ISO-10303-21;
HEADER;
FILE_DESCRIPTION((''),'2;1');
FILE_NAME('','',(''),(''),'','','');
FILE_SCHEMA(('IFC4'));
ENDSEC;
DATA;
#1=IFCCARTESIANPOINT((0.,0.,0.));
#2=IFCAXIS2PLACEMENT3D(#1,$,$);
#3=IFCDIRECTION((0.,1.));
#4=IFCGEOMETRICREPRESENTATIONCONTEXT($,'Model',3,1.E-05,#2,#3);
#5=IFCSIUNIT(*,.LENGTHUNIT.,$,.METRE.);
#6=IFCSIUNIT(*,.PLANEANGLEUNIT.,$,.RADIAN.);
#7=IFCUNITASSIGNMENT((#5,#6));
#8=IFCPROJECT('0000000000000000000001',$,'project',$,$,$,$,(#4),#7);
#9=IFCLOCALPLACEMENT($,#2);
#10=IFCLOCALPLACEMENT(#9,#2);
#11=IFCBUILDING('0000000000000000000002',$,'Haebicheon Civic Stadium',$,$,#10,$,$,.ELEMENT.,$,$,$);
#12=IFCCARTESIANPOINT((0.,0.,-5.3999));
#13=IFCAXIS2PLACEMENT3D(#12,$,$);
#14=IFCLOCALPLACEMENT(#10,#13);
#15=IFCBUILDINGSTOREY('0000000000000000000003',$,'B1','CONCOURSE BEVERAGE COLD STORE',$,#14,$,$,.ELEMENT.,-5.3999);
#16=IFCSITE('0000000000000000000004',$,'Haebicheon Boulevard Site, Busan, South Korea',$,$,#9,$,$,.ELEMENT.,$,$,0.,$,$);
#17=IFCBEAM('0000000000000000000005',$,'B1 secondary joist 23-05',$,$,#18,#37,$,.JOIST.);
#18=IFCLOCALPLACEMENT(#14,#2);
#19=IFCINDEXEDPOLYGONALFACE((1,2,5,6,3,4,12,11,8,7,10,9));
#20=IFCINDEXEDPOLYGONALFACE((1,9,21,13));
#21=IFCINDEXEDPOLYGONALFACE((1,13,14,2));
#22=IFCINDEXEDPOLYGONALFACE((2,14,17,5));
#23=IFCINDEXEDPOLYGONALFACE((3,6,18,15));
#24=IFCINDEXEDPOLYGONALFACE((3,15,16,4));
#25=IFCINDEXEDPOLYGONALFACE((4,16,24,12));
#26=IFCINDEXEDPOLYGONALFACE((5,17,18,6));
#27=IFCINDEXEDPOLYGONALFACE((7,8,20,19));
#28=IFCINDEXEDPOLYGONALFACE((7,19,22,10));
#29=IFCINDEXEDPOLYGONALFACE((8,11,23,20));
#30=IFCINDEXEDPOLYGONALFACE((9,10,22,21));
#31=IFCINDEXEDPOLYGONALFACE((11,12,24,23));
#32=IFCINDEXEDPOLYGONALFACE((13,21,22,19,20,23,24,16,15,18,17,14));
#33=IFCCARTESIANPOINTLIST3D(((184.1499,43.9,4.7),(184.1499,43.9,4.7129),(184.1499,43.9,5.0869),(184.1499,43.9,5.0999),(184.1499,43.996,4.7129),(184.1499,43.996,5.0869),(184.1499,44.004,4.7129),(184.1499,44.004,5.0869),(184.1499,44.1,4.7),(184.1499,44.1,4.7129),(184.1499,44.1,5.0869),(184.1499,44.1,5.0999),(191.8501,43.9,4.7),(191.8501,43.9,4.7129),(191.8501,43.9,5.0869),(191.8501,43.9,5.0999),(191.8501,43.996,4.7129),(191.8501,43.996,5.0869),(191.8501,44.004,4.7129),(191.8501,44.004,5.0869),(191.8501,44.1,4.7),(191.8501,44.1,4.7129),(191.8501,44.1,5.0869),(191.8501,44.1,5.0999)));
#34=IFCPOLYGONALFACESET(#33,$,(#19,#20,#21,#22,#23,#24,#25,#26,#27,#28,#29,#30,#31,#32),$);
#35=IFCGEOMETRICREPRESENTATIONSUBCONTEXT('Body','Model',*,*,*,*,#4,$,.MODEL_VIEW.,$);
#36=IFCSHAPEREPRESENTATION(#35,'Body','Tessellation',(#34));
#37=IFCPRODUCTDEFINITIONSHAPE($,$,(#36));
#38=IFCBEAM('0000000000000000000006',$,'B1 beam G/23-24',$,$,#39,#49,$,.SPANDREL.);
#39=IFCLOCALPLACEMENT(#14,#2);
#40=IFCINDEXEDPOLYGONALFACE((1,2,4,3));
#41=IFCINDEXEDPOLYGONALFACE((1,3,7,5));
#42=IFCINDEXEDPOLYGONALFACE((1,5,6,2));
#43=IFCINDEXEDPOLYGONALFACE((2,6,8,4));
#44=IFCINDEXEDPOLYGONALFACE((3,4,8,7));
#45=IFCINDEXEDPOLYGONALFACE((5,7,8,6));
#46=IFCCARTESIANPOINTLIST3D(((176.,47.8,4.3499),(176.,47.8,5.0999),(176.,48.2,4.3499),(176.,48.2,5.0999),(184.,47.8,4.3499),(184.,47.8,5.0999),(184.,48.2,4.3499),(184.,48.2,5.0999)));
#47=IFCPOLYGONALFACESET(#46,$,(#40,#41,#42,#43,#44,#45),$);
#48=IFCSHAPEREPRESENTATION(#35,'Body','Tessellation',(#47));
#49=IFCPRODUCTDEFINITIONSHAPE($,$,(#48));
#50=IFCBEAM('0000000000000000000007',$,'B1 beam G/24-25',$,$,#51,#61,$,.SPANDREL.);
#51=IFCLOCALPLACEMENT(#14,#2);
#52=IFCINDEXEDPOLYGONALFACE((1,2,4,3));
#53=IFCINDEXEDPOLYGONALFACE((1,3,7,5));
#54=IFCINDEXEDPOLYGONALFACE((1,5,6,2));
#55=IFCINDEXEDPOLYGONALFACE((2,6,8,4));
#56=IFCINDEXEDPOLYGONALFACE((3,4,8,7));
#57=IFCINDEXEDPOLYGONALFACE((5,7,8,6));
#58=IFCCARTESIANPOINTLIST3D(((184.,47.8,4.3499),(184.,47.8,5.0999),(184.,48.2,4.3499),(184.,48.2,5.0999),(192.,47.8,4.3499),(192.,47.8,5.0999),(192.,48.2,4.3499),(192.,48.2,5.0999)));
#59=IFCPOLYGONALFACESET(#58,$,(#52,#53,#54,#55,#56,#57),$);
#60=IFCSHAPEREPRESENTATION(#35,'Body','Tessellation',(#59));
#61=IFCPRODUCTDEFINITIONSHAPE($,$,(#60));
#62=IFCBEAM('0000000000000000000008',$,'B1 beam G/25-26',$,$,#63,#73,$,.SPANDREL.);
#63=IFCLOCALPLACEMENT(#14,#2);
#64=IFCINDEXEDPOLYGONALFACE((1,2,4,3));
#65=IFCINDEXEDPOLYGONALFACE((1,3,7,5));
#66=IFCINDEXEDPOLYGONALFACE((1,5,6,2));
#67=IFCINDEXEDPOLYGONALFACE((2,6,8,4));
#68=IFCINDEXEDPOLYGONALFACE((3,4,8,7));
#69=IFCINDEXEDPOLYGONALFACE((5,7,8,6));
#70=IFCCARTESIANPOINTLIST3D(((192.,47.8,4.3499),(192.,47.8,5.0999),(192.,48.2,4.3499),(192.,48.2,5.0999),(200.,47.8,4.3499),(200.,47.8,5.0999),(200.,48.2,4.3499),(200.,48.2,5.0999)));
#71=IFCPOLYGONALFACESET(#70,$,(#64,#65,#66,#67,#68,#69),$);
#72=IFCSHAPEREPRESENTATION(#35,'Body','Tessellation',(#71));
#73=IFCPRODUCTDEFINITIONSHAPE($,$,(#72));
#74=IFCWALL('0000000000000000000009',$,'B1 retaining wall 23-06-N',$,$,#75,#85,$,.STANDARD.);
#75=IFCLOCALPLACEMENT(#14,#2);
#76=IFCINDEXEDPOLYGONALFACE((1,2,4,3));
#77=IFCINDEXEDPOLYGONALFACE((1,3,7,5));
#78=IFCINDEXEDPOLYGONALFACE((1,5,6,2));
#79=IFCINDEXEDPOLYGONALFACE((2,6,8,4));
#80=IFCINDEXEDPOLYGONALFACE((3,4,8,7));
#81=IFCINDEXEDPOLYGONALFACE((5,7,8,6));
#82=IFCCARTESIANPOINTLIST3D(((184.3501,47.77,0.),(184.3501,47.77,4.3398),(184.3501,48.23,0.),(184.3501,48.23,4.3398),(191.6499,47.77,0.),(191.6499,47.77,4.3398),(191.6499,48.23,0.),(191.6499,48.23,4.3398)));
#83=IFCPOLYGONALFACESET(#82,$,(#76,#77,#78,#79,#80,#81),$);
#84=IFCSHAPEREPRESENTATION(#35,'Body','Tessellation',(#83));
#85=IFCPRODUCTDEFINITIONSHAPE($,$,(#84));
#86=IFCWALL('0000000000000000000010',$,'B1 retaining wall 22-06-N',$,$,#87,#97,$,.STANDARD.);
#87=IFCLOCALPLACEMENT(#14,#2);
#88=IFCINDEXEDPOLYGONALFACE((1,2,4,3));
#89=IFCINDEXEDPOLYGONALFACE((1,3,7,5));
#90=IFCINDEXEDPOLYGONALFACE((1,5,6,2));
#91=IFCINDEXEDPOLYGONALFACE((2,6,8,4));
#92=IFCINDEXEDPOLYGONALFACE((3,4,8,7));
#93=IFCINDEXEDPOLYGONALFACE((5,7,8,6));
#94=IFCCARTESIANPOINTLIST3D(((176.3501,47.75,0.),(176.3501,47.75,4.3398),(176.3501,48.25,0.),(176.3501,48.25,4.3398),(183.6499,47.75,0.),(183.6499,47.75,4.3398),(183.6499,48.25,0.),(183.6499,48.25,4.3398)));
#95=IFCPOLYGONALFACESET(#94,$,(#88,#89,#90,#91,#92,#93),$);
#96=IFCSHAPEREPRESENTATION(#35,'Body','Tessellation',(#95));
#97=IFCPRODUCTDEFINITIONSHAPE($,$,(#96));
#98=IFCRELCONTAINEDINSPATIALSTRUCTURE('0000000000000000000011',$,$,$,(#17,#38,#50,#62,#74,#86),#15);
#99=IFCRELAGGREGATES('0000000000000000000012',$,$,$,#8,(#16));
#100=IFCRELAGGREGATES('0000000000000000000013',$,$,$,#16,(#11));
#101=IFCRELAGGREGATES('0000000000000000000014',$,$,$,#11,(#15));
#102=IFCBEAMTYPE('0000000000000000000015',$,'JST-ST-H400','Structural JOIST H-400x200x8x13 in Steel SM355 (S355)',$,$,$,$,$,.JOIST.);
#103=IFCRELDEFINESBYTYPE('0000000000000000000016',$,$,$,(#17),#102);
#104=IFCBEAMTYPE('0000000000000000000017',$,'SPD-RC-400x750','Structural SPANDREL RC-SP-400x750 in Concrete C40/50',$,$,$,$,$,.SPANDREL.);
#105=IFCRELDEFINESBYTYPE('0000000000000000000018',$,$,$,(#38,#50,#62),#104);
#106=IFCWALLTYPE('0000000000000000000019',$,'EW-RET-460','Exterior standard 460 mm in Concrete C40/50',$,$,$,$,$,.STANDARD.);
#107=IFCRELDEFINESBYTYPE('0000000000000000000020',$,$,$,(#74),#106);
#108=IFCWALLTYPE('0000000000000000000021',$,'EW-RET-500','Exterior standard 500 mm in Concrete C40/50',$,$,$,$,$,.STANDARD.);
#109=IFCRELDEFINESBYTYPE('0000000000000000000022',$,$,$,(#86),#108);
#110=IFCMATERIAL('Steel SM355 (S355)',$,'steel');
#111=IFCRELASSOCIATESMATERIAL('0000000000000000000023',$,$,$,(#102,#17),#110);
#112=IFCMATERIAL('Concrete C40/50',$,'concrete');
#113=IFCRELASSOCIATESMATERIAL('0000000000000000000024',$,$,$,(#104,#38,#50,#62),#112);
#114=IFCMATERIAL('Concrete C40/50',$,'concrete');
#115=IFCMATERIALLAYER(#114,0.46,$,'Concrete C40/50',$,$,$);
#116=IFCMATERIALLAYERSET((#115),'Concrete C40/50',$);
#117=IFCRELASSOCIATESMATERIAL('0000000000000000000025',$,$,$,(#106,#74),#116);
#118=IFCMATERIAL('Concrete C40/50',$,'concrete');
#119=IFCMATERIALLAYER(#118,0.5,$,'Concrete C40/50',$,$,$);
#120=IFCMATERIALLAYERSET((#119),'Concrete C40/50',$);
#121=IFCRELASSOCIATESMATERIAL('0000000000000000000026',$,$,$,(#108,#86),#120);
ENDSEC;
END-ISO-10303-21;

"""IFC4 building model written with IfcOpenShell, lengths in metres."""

from ifc_helpers import new_model, si_unit, direction, frame, frame_2d, origin, origin_2d, place, context, subcontext, project, spatial, rectangle, i_section, extrude, material, layer, layer_set, material_profile, profile_set, type_object, element, save


model = new_model("IFC4")

# Units and contexts
model_context = context("Model", 3, precision=1e-05, world=origin(), true_north=direction((0.0, 1.0)))
body_context = subcontext(model_context, "Body", "Model", "MODEL_VIEW")
ifc_project = project(units=[si_unit("LENGTHUNIT", "METRE"), si_unit("PLANEANGLEUNIT", "RADIAN")], contexts=[model_context])

# Site, building, storey
site_placement = place(None, origin())
site = spatial("IfcSite", under=ifc_project, at=site_placement, Name="Haebicheon Boulevard Site, Busan, South Korea", CompositionType="ELEMENT", RefElevation=0.0)
building_placement = place(site_placement, origin())
building = spatial("IfcBuilding", under=site, at=building_placement, Name="Haebicheon Civic Stadium", CompositionType="ELEMENT")
storey_placement = place(building_placement, frame((0.0, 0.0, -5.3999)))
storey = spatial("IfcBuildingStorey", under=building, at=storey_placement, Name="B1", Description="CONCOURSE BEVERAGE COLD STORE", CompositionType="ELEMENT", Elevation=-5.3999)

# Beams
ifc_material_1 = material(Name="Steel SM355 (S355)", Category="steel")
ifc_material_profile_1 = material_profile(ifc_material_1, i_section(OverallWidth=0.2, OverallDepth=0.3999, WebThickness=0.0081, FlangeThickness=0.0129, at=origin_2d()), Name="H-400x200x8x13")
ifc_profile_set_1 = profile_set([ifc_material_profile_1], Name="Steel SM355 (S355)")
beam_type_1 = type_object("IfcBeamType", Name="JST-ST-H400", Description="Structural JOIST H-400x200x8x13 in Steel SM355 (S355)", PredefinedType="JOIST", material=ifc_profile_set_1)
for number, where, z_axis, x_axis, name in (
    (1, (184.1499, 44.0, 4.8999), (1.0, 0.0, 0.0), (0.0, 1.0, 0.0), "B1 secondary joist 23-05"),
):
    element("IfcBeam", number, at=place(storey_placement, frame(where, z_axis=z_axis, x_axis=x_axis)), inside=storey, type_object=beam_type_1, material=ifc_profile_set_1, Name=name, PredefinedType="JOIST", context=body_context, shape_type="SweptSolid", body=[
        extrude(i_section(OverallWidth=0.2, OverallDepth=0.3999, WebThickness=0.0081, FlangeThickness=0.0129, at=origin_2d()), origin(), (0.0, 0.0, 1.0), 7.7002),
    ])
ifc_material_2 = material(Name="Concrete C40/50", Category="concrete")
ifc_material_profile_2 = material_profile(ifc_material_2, rectangle(XDim=0.3999, YDim=0.75, at=origin_2d()), Name="RC-SP-400x750")
ifc_profile_set_2 = profile_set([ifc_material_profile_2], Name="Concrete C40/50")
beam_type_2 = type_object("IfcBeamType", Name="SPD-RC-400x750", Description="Structural SPANDREL RC-SP-400x750 in Concrete C40/50", PredefinedType="SPANDREL", material=ifc_profile_set_2)
for number, where, z_axis, x_axis, name in (
    (2, (176.0, 48.0, 4.7249), (1.0, 0.0, 0.0), (0.0, 1.0, 0.0), "B1 beam G/23-24"),
    (3, (184.0, 48.0, 4.7249), (1.0, 0.0, 0.0), (0.0, 1.0, 0.0), "B1 beam G/24-25"),
    (4, (192.0, 48.0, 4.7249), (1.0, 0.0, 0.0), (0.0, 1.0, 0.0), "B1 beam G/25-26"),
):
    element("IfcBeam", number, at=place(storey_placement, frame(where, z_axis=z_axis, x_axis=x_axis)), inside=storey, type_object=beam_type_2, material=ifc_profile_set_2, Name=name, PredefinedType="SPANDREL", context=body_context, shape_type="SweptSolid", body=[
        extrude(rectangle(XDim=0.3999, YDim=0.75, at=origin_2d()), origin(), (0.0, 0.0, 1.0), 8.0),
    ])

# Walls
ifc_material_3 = material(Name="Concrete C40/50", Category="concrete")
ifc_layer_1 = layer(ifc_material_3, 0.46, Name="Concrete C40/50")
ifc_layer_set_1 = layer_set([ifc_layer_1], Name="Concrete C40/50")
wall_type_1 = type_object("IfcWallType", Name="EW-RET-460", Description="Exterior standard 460 mm in Concrete C40/50", PredefinedType="STANDARD", material=ifc_layer_set_1)
wall_1_placement = place(storey_placement, frame((184.3501, 48.0, 0.0), z_axis=(0.0, 0.0, 1.0), x_axis=(1.0, 0.0, 0.0)))
element("IfcWall", 5, at=wall_1_placement, inside=storey, type_object=wall_type_1, material=ifc_layer_set_1, Name="B1 retaining wall 23-06-N", PredefinedType="STANDARD", context=body_context, shape_type="SweptSolid", body=[
    extrude(rectangle(XDim=7.2998, YDim=0.46, at=frame_2d((3.6499, 0.0))), origin(), (0.0, 0.0, 1.0), 4.3398),
])
ifc_material_4 = material(Name="Concrete C40/50", Category="concrete")
ifc_layer_2 = layer(ifc_material_4, 0.5, Name="Concrete C40/50")
ifc_layer_set_2 = layer_set([ifc_layer_2], Name="Concrete C40/50")
wall_type_2 = type_object("IfcWallType", Name="EW-RET-500", Description="Exterior standard 500 mm in Concrete C40/50", PredefinedType="STANDARD", material=ifc_layer_set_2)
wall_2_placement = place(storey_placement, frame((176.3501, 48.0, 0.0), z_axis=(0.0, 0.0, 1.0), x_axis=(1.0, 0.0, 0.0)))
element("IfcWall", 6, at=wall_2_placement, inside=storey, type_object=wall_type_2, material=ifc_layer_set_2, Name="B1 retaining wall 22-06-N", PredefinedType="STANDARD", context=body_context, shape_type="SweptSolid", body=[
    extrude(rectangle(XDim=7.2998, YDim=0.5, at=frame_2d((3.6499, 0.0))), origin(), (0.0, 0.0, 1.0), 4.3398),
])

save(model, "model.ifc")
